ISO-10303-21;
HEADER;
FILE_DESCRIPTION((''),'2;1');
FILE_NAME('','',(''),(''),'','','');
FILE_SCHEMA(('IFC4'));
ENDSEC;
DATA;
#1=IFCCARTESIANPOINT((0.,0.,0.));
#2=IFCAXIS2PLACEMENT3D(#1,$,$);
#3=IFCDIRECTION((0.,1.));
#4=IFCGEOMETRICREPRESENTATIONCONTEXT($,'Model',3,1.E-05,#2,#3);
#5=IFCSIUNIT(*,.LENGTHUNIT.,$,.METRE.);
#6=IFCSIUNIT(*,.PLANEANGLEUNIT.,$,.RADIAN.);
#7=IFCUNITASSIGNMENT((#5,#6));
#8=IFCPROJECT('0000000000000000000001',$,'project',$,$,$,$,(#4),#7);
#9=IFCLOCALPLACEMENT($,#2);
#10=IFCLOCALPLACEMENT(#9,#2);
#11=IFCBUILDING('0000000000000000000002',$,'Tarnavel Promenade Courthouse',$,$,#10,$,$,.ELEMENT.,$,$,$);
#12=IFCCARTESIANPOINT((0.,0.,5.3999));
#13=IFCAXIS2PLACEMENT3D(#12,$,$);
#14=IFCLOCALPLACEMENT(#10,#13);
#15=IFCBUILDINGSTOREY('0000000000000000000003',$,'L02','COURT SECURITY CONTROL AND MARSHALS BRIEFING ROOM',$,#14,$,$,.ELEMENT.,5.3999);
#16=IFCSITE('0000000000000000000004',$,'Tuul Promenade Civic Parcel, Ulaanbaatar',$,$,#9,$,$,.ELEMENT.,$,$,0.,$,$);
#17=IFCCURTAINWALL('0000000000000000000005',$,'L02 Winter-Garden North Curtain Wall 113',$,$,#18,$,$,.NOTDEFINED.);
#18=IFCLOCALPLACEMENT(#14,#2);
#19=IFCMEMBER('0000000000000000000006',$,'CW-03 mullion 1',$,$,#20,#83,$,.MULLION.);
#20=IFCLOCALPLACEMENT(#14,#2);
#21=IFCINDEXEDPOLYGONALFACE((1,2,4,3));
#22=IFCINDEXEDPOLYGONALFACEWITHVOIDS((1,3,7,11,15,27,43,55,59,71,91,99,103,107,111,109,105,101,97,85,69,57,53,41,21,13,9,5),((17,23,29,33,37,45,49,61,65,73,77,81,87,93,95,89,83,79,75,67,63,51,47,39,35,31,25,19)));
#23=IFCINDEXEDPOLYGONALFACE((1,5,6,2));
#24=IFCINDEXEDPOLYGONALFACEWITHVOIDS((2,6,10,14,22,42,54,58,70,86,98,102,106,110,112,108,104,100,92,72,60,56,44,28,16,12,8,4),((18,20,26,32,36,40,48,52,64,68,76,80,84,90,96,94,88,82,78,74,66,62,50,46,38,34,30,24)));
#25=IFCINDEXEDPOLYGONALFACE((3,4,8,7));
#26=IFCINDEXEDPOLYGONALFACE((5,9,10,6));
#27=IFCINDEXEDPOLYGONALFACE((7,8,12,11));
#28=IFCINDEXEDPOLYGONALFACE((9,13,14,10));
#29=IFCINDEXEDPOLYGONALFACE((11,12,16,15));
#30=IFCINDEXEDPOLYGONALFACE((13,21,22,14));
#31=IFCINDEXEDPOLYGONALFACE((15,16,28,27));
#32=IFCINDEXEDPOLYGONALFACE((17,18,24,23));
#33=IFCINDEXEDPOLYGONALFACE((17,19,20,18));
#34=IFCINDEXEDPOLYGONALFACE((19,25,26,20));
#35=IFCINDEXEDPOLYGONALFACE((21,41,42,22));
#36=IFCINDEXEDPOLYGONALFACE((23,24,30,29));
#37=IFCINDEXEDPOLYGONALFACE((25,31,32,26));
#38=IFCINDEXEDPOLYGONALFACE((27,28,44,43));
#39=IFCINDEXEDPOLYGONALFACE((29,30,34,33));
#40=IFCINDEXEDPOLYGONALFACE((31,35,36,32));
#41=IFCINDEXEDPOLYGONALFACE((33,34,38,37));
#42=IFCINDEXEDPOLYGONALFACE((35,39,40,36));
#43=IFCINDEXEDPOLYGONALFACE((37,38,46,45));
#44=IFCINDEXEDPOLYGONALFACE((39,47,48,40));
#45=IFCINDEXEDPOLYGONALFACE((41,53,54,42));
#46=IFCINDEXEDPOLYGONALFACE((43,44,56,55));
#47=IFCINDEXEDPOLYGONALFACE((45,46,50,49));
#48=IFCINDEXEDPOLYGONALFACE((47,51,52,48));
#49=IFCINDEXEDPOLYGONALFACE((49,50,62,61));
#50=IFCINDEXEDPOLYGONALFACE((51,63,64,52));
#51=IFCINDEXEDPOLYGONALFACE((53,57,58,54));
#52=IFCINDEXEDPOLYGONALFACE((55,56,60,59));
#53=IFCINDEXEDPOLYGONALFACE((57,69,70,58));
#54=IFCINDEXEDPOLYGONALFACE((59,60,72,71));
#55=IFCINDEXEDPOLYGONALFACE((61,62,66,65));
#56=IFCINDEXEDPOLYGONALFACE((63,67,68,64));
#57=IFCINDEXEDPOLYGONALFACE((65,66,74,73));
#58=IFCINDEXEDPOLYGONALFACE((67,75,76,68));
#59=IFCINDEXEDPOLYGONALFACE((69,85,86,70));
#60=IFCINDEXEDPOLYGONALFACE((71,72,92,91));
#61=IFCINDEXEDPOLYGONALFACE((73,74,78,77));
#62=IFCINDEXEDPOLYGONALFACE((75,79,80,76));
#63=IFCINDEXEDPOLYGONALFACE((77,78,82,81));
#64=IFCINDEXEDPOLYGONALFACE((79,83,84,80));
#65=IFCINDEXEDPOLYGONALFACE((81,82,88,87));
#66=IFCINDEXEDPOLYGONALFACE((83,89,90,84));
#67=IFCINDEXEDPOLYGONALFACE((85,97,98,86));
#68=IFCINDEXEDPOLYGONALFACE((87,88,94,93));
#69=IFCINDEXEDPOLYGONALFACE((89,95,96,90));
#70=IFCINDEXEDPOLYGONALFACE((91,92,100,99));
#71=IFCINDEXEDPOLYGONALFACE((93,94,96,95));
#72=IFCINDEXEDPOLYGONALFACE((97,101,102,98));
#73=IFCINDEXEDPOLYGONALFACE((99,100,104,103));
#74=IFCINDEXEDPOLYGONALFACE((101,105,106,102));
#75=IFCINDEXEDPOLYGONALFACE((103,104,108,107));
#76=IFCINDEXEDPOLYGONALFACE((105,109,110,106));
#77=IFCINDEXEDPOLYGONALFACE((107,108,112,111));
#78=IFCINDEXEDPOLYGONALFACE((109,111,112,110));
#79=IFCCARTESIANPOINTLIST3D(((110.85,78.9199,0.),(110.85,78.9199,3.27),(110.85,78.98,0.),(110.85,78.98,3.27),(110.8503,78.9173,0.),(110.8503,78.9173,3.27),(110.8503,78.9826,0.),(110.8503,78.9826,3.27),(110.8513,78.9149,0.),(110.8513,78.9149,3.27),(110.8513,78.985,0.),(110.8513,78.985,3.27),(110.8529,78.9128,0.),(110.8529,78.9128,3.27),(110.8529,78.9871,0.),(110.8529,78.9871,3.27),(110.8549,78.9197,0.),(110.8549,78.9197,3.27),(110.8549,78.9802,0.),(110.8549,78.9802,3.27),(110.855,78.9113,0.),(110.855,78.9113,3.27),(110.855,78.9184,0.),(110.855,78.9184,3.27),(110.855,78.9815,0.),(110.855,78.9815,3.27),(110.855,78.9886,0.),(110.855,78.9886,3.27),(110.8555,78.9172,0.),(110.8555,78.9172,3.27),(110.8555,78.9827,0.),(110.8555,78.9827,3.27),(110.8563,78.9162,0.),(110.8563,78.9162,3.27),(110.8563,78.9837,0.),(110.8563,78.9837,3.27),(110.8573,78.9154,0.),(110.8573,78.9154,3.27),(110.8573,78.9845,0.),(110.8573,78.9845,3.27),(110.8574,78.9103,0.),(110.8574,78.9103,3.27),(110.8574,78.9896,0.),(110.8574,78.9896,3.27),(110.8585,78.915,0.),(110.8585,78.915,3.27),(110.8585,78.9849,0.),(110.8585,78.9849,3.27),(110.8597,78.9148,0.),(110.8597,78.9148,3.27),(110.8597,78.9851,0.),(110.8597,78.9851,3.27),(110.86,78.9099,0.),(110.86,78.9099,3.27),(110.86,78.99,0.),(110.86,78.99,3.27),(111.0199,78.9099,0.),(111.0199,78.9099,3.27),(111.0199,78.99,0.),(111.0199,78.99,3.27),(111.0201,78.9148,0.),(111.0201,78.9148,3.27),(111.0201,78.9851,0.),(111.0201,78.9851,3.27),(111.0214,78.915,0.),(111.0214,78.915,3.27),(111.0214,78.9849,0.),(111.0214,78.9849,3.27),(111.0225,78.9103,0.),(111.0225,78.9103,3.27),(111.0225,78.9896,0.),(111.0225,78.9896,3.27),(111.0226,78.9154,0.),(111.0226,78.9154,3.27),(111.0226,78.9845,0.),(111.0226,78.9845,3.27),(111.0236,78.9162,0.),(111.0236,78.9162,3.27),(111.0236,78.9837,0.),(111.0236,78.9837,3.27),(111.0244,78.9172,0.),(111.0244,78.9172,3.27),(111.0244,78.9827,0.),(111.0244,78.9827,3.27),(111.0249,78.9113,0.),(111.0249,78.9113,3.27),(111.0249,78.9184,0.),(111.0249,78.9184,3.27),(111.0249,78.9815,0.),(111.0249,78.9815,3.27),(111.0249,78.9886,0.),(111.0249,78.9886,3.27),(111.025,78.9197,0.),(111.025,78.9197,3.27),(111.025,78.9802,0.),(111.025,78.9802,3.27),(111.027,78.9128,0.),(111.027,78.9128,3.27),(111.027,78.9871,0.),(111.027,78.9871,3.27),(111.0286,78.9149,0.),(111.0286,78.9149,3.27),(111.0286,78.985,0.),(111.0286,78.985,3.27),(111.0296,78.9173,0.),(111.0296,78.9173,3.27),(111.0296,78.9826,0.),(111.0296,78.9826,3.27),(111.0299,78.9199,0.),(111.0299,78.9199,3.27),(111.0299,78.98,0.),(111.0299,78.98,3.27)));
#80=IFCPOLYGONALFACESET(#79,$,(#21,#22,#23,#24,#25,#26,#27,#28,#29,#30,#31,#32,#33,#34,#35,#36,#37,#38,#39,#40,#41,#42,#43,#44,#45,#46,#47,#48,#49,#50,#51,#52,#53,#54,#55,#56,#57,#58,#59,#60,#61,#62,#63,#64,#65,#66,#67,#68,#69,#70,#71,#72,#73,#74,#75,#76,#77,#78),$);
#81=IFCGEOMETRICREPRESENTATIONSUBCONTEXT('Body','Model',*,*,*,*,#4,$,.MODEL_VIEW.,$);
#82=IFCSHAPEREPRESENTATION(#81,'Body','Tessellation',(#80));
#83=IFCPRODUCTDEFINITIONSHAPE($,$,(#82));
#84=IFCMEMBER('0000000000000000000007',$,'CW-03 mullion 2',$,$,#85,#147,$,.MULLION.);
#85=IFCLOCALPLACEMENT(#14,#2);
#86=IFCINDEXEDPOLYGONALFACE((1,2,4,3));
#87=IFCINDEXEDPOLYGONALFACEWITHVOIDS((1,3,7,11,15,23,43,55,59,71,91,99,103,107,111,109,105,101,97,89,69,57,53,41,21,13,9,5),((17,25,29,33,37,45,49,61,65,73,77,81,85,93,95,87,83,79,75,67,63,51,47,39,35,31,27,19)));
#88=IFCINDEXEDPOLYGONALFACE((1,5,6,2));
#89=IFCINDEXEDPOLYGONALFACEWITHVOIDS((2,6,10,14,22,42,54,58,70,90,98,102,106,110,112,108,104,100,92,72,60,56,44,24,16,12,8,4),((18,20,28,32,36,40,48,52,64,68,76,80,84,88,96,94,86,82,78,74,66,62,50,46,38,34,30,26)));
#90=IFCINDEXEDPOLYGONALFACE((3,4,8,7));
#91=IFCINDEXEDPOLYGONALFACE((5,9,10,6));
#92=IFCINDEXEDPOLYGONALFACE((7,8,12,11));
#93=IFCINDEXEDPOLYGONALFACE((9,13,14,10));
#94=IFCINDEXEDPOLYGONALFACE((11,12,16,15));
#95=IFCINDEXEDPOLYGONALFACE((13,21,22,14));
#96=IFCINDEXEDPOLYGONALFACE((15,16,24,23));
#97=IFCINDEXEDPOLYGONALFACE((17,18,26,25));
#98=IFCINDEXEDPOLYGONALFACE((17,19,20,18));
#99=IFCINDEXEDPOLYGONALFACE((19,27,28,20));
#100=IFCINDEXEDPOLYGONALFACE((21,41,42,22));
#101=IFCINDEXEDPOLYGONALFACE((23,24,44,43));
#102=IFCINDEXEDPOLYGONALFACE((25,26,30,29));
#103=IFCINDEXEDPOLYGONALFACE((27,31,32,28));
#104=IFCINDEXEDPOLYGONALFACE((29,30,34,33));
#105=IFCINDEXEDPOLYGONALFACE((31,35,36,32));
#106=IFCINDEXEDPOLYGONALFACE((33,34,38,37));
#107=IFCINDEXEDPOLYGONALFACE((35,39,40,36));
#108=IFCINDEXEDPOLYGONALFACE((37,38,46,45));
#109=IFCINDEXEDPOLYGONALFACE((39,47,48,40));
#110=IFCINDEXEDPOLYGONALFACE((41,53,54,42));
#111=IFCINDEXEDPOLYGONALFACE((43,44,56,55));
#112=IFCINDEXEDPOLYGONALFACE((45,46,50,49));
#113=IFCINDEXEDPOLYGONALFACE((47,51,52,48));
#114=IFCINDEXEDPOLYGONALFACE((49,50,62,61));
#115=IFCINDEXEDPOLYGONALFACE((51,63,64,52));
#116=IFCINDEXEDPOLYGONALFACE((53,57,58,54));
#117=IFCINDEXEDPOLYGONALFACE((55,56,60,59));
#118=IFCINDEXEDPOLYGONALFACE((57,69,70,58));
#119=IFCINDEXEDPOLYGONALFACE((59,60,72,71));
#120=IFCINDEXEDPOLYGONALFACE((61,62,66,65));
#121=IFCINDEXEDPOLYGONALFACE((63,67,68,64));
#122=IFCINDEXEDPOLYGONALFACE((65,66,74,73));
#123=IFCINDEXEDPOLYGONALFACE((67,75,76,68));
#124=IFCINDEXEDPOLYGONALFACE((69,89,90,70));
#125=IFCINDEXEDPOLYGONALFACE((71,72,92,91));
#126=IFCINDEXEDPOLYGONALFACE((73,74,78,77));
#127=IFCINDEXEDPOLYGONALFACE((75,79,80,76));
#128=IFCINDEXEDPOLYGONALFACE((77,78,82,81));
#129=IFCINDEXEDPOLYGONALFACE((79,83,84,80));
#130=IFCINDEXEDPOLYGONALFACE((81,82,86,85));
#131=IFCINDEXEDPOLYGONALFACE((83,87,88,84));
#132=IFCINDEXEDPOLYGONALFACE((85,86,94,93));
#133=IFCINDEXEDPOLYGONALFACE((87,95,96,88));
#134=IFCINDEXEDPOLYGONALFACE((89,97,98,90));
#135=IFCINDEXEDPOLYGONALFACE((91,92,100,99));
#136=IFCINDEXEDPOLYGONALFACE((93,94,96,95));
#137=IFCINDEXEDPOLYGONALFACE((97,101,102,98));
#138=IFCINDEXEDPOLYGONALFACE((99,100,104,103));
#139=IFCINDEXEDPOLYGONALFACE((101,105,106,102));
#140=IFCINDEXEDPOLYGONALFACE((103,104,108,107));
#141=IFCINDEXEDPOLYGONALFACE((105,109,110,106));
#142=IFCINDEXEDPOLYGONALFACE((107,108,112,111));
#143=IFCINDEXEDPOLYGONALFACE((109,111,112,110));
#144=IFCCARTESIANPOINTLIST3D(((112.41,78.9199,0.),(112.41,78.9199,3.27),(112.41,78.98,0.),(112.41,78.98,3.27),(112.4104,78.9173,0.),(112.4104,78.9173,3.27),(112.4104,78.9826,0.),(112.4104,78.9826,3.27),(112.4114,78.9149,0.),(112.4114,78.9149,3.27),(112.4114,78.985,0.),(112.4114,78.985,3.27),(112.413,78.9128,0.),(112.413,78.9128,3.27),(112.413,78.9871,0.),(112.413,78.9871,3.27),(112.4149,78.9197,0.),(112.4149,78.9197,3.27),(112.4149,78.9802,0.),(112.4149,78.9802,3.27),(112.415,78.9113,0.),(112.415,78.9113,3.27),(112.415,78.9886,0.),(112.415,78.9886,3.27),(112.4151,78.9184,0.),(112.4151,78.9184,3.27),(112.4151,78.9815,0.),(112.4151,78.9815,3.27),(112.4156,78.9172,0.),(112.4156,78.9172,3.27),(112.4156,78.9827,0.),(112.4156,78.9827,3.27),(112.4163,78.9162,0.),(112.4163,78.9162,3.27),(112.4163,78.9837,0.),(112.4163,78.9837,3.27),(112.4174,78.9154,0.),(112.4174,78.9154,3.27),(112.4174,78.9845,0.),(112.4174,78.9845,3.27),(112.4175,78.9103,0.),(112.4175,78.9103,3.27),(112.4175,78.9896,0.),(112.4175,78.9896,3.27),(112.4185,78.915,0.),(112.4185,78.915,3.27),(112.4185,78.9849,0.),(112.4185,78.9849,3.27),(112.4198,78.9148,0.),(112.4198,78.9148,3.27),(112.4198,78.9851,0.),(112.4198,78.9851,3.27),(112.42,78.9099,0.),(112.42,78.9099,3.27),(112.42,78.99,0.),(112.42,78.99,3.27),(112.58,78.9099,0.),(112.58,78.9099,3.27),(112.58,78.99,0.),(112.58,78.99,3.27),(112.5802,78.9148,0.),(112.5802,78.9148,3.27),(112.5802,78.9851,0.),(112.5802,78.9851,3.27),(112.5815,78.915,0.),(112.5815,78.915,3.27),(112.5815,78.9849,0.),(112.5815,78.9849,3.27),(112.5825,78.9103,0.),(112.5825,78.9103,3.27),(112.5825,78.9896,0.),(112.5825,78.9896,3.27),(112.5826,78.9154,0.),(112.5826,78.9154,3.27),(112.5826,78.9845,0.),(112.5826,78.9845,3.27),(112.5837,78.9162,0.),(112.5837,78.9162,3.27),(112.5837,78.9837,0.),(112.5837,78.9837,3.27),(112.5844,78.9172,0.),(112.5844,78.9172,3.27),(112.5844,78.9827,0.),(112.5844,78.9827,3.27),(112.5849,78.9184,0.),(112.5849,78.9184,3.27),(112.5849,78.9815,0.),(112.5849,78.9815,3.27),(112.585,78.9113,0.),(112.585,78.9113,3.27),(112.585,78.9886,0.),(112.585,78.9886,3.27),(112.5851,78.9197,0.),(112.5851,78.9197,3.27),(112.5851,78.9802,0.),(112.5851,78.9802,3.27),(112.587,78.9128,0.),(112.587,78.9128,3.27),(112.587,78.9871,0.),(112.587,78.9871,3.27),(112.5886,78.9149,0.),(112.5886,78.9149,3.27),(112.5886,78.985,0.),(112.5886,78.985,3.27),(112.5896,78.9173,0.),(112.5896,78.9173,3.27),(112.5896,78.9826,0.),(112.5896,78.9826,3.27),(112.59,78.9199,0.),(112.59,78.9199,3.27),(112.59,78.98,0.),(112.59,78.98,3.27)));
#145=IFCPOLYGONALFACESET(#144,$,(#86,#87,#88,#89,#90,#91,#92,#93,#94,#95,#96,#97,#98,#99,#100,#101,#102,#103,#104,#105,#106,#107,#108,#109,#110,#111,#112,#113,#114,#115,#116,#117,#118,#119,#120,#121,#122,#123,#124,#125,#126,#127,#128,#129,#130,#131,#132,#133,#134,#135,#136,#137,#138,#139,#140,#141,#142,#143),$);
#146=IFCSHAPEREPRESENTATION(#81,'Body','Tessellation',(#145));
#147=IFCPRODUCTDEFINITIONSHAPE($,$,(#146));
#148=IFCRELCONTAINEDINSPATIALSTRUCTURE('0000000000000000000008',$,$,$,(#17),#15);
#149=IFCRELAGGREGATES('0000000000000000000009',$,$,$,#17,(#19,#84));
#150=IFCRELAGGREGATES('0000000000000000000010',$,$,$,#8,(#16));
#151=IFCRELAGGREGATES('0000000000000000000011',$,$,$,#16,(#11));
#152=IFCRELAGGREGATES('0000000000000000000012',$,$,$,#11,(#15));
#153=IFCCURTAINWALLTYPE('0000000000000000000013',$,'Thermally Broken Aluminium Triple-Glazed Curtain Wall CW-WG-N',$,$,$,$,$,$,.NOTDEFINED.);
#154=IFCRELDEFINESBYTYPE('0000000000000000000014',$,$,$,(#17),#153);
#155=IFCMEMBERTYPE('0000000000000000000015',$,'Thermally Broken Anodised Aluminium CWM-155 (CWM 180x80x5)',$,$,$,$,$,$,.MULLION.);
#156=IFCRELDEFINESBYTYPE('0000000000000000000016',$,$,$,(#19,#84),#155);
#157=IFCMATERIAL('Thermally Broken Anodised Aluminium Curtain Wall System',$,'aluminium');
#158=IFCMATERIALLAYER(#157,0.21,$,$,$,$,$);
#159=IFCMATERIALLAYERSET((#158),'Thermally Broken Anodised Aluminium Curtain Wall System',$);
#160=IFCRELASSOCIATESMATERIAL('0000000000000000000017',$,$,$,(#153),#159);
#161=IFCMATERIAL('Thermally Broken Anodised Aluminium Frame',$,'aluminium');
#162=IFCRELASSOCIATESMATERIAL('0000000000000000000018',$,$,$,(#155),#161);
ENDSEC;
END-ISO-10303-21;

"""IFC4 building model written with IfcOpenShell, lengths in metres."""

from ifc_helpers import new_model, si_unit, direction, frame, origin, origin_2d, place, context, subcontext, project, spatial, hollow_rectangle, extrude, material, layer, layer_set, material_profile, profile_set, type_object, element, aggregate, save


model = new_model("IFC4")

# Units and contexts
model_context = context("Model", 3, precision=1e-05, world=origin(), true_north=direction((0.0, 1.0)))
body_context = subcontext(model_context, "Body", "Model", "MODEL_VIEW")
ifc_project = project(units=[si_unit("LENGTHUNIT", "METRE"), si_unit("PLANEANGLEUNIT", "RADIAN")], contexts=[model_context])

# Site, building, storey
site_placement = place(None, origin())
site = spatial("IfcSite", under=ifc_project, at=site_placement, Name="Tuul Promenade Civic Parcel, Ulaanbaatar", CompositionType="ELEMENT", RefElevation=0.0)
building_placement = place(site_placement, origin())
building = spatial("IfcBuilding", under=site, at=building_placement, Name="Tarnavel Promenade Courthouse", CompositionType="ELEMENT")
storey_placement = place(building_placement, frame((0.0, 0.0, 5.3999)))
storey = spatial("IfcBuildingStorey", under=building, at=storey_placement, Name="L02", Description="COURT SECURITY CONTROL AND MARSHALS BRIEFING ROOM", CompositionType="ELEMENT", Elevation=5.3999)

# Curtain wall, members
ifc_material_1 = material(Name="Thermally Broken Anodised Aluminium Curtain Wall System", Category="aluminium")
ifc_layer_1 = layer(ifc_material_1, 0.21)
ifc_layer_set_1 = layer_set([ifc_layer_1], Name="Thermally Broken Anodised Aluminium Curtain Wall System")
curtain_wall_type_1 = type_object("IfcCurtainWallType", Name="Thermally Broken Aluminium Triple-Glazed Curtain Wall CW-WG-N", PredefinedType="NOTDEFINED", material=ifc_layer_set_1)
ifc_material_2 = material(Name="Thermally Broken Anodised Aluminium Frame", Category="aluminium")
ifc_material_profile_1 = material_profile(ifc_material_2, hollow_rectangle(XDim=0.0801, YDim=0.1799, WallThickness=0.0049, InnerFilletRadius=0.0049, OuterFilletRadius=0.01, at=origin_2d()), Name="CWM 180x80x5")
ifc_profile_set_1 = profile_set([ifc_material_profile_1], Name="Thermally Broken Anodised Aluminium Frame")
member_type_1 = type_object("IfcMemberType", Name="Thermally Broken Anodised Aluminium CWM-155 (CWM 180x80x5)", PredefinedType="MULLION", material=ifc_profile_set_1)
curtain_wall_1_placement = place(storey_placement, origin())
curtain_wall_1 = element("IfcCurtainWall", 1, at=curtain_wall_1_placement, inside=storey, type_object=curtain_wall_type_1, Name="L02 Winter-Garden North Curtain Wall 113", PredefinedType="NOTDEFINED")
member_1_placement = place(storey_placement, frame((110.9399, 78.95, 0.0), z_axis=(0.0, 0.0, 1.0), x_axis=(0.0, 1.0, 0.0)))
member_1 = element("IfcMember", 2, at=member_1_placement, type_object=member_type_1, Name="CW-03 mullion 1", PredefinedType="MULLION", context=body_context, shape_type="SweptSolid", body=[
    extrude(hollow_rectangle(XDim=0.0801, YDim=0.1799, WallThickness=0.0049, InnerFilletRadius=0.0049, OuterFilletRadius=0.01, at=origin_2d()), origin(), (0.0, 0.0, 1.0), 3.27),
])
member_2_placement = place(storey_placement, frame((112.5, 78.95, 0.0), z_axis=(0.0, 0.0, 1.0), x_axis=(0.0, 1.0, 0.0)))
member_2 = element("IfcMember", 3, at=member_2_placement, type_object=member_type_1, Name="CW-03 mullion 2", PredefinedType="MULLION", context=body_context, shape_type="SweptSolid", body=[
    extrude(hollow_rectangle(XDim=0.0801, YDim=0.1799, WallThickness=0.0049, InnerFilletRadius=0.0049, OuterFilletRadius=0.01, at=origin_2d()), origin(), (0.0, 0.0, 1.0), 3.27),
])

aggregate(curtain_wall_1, [member_1, member_2])

save(model, "model.ifc")
